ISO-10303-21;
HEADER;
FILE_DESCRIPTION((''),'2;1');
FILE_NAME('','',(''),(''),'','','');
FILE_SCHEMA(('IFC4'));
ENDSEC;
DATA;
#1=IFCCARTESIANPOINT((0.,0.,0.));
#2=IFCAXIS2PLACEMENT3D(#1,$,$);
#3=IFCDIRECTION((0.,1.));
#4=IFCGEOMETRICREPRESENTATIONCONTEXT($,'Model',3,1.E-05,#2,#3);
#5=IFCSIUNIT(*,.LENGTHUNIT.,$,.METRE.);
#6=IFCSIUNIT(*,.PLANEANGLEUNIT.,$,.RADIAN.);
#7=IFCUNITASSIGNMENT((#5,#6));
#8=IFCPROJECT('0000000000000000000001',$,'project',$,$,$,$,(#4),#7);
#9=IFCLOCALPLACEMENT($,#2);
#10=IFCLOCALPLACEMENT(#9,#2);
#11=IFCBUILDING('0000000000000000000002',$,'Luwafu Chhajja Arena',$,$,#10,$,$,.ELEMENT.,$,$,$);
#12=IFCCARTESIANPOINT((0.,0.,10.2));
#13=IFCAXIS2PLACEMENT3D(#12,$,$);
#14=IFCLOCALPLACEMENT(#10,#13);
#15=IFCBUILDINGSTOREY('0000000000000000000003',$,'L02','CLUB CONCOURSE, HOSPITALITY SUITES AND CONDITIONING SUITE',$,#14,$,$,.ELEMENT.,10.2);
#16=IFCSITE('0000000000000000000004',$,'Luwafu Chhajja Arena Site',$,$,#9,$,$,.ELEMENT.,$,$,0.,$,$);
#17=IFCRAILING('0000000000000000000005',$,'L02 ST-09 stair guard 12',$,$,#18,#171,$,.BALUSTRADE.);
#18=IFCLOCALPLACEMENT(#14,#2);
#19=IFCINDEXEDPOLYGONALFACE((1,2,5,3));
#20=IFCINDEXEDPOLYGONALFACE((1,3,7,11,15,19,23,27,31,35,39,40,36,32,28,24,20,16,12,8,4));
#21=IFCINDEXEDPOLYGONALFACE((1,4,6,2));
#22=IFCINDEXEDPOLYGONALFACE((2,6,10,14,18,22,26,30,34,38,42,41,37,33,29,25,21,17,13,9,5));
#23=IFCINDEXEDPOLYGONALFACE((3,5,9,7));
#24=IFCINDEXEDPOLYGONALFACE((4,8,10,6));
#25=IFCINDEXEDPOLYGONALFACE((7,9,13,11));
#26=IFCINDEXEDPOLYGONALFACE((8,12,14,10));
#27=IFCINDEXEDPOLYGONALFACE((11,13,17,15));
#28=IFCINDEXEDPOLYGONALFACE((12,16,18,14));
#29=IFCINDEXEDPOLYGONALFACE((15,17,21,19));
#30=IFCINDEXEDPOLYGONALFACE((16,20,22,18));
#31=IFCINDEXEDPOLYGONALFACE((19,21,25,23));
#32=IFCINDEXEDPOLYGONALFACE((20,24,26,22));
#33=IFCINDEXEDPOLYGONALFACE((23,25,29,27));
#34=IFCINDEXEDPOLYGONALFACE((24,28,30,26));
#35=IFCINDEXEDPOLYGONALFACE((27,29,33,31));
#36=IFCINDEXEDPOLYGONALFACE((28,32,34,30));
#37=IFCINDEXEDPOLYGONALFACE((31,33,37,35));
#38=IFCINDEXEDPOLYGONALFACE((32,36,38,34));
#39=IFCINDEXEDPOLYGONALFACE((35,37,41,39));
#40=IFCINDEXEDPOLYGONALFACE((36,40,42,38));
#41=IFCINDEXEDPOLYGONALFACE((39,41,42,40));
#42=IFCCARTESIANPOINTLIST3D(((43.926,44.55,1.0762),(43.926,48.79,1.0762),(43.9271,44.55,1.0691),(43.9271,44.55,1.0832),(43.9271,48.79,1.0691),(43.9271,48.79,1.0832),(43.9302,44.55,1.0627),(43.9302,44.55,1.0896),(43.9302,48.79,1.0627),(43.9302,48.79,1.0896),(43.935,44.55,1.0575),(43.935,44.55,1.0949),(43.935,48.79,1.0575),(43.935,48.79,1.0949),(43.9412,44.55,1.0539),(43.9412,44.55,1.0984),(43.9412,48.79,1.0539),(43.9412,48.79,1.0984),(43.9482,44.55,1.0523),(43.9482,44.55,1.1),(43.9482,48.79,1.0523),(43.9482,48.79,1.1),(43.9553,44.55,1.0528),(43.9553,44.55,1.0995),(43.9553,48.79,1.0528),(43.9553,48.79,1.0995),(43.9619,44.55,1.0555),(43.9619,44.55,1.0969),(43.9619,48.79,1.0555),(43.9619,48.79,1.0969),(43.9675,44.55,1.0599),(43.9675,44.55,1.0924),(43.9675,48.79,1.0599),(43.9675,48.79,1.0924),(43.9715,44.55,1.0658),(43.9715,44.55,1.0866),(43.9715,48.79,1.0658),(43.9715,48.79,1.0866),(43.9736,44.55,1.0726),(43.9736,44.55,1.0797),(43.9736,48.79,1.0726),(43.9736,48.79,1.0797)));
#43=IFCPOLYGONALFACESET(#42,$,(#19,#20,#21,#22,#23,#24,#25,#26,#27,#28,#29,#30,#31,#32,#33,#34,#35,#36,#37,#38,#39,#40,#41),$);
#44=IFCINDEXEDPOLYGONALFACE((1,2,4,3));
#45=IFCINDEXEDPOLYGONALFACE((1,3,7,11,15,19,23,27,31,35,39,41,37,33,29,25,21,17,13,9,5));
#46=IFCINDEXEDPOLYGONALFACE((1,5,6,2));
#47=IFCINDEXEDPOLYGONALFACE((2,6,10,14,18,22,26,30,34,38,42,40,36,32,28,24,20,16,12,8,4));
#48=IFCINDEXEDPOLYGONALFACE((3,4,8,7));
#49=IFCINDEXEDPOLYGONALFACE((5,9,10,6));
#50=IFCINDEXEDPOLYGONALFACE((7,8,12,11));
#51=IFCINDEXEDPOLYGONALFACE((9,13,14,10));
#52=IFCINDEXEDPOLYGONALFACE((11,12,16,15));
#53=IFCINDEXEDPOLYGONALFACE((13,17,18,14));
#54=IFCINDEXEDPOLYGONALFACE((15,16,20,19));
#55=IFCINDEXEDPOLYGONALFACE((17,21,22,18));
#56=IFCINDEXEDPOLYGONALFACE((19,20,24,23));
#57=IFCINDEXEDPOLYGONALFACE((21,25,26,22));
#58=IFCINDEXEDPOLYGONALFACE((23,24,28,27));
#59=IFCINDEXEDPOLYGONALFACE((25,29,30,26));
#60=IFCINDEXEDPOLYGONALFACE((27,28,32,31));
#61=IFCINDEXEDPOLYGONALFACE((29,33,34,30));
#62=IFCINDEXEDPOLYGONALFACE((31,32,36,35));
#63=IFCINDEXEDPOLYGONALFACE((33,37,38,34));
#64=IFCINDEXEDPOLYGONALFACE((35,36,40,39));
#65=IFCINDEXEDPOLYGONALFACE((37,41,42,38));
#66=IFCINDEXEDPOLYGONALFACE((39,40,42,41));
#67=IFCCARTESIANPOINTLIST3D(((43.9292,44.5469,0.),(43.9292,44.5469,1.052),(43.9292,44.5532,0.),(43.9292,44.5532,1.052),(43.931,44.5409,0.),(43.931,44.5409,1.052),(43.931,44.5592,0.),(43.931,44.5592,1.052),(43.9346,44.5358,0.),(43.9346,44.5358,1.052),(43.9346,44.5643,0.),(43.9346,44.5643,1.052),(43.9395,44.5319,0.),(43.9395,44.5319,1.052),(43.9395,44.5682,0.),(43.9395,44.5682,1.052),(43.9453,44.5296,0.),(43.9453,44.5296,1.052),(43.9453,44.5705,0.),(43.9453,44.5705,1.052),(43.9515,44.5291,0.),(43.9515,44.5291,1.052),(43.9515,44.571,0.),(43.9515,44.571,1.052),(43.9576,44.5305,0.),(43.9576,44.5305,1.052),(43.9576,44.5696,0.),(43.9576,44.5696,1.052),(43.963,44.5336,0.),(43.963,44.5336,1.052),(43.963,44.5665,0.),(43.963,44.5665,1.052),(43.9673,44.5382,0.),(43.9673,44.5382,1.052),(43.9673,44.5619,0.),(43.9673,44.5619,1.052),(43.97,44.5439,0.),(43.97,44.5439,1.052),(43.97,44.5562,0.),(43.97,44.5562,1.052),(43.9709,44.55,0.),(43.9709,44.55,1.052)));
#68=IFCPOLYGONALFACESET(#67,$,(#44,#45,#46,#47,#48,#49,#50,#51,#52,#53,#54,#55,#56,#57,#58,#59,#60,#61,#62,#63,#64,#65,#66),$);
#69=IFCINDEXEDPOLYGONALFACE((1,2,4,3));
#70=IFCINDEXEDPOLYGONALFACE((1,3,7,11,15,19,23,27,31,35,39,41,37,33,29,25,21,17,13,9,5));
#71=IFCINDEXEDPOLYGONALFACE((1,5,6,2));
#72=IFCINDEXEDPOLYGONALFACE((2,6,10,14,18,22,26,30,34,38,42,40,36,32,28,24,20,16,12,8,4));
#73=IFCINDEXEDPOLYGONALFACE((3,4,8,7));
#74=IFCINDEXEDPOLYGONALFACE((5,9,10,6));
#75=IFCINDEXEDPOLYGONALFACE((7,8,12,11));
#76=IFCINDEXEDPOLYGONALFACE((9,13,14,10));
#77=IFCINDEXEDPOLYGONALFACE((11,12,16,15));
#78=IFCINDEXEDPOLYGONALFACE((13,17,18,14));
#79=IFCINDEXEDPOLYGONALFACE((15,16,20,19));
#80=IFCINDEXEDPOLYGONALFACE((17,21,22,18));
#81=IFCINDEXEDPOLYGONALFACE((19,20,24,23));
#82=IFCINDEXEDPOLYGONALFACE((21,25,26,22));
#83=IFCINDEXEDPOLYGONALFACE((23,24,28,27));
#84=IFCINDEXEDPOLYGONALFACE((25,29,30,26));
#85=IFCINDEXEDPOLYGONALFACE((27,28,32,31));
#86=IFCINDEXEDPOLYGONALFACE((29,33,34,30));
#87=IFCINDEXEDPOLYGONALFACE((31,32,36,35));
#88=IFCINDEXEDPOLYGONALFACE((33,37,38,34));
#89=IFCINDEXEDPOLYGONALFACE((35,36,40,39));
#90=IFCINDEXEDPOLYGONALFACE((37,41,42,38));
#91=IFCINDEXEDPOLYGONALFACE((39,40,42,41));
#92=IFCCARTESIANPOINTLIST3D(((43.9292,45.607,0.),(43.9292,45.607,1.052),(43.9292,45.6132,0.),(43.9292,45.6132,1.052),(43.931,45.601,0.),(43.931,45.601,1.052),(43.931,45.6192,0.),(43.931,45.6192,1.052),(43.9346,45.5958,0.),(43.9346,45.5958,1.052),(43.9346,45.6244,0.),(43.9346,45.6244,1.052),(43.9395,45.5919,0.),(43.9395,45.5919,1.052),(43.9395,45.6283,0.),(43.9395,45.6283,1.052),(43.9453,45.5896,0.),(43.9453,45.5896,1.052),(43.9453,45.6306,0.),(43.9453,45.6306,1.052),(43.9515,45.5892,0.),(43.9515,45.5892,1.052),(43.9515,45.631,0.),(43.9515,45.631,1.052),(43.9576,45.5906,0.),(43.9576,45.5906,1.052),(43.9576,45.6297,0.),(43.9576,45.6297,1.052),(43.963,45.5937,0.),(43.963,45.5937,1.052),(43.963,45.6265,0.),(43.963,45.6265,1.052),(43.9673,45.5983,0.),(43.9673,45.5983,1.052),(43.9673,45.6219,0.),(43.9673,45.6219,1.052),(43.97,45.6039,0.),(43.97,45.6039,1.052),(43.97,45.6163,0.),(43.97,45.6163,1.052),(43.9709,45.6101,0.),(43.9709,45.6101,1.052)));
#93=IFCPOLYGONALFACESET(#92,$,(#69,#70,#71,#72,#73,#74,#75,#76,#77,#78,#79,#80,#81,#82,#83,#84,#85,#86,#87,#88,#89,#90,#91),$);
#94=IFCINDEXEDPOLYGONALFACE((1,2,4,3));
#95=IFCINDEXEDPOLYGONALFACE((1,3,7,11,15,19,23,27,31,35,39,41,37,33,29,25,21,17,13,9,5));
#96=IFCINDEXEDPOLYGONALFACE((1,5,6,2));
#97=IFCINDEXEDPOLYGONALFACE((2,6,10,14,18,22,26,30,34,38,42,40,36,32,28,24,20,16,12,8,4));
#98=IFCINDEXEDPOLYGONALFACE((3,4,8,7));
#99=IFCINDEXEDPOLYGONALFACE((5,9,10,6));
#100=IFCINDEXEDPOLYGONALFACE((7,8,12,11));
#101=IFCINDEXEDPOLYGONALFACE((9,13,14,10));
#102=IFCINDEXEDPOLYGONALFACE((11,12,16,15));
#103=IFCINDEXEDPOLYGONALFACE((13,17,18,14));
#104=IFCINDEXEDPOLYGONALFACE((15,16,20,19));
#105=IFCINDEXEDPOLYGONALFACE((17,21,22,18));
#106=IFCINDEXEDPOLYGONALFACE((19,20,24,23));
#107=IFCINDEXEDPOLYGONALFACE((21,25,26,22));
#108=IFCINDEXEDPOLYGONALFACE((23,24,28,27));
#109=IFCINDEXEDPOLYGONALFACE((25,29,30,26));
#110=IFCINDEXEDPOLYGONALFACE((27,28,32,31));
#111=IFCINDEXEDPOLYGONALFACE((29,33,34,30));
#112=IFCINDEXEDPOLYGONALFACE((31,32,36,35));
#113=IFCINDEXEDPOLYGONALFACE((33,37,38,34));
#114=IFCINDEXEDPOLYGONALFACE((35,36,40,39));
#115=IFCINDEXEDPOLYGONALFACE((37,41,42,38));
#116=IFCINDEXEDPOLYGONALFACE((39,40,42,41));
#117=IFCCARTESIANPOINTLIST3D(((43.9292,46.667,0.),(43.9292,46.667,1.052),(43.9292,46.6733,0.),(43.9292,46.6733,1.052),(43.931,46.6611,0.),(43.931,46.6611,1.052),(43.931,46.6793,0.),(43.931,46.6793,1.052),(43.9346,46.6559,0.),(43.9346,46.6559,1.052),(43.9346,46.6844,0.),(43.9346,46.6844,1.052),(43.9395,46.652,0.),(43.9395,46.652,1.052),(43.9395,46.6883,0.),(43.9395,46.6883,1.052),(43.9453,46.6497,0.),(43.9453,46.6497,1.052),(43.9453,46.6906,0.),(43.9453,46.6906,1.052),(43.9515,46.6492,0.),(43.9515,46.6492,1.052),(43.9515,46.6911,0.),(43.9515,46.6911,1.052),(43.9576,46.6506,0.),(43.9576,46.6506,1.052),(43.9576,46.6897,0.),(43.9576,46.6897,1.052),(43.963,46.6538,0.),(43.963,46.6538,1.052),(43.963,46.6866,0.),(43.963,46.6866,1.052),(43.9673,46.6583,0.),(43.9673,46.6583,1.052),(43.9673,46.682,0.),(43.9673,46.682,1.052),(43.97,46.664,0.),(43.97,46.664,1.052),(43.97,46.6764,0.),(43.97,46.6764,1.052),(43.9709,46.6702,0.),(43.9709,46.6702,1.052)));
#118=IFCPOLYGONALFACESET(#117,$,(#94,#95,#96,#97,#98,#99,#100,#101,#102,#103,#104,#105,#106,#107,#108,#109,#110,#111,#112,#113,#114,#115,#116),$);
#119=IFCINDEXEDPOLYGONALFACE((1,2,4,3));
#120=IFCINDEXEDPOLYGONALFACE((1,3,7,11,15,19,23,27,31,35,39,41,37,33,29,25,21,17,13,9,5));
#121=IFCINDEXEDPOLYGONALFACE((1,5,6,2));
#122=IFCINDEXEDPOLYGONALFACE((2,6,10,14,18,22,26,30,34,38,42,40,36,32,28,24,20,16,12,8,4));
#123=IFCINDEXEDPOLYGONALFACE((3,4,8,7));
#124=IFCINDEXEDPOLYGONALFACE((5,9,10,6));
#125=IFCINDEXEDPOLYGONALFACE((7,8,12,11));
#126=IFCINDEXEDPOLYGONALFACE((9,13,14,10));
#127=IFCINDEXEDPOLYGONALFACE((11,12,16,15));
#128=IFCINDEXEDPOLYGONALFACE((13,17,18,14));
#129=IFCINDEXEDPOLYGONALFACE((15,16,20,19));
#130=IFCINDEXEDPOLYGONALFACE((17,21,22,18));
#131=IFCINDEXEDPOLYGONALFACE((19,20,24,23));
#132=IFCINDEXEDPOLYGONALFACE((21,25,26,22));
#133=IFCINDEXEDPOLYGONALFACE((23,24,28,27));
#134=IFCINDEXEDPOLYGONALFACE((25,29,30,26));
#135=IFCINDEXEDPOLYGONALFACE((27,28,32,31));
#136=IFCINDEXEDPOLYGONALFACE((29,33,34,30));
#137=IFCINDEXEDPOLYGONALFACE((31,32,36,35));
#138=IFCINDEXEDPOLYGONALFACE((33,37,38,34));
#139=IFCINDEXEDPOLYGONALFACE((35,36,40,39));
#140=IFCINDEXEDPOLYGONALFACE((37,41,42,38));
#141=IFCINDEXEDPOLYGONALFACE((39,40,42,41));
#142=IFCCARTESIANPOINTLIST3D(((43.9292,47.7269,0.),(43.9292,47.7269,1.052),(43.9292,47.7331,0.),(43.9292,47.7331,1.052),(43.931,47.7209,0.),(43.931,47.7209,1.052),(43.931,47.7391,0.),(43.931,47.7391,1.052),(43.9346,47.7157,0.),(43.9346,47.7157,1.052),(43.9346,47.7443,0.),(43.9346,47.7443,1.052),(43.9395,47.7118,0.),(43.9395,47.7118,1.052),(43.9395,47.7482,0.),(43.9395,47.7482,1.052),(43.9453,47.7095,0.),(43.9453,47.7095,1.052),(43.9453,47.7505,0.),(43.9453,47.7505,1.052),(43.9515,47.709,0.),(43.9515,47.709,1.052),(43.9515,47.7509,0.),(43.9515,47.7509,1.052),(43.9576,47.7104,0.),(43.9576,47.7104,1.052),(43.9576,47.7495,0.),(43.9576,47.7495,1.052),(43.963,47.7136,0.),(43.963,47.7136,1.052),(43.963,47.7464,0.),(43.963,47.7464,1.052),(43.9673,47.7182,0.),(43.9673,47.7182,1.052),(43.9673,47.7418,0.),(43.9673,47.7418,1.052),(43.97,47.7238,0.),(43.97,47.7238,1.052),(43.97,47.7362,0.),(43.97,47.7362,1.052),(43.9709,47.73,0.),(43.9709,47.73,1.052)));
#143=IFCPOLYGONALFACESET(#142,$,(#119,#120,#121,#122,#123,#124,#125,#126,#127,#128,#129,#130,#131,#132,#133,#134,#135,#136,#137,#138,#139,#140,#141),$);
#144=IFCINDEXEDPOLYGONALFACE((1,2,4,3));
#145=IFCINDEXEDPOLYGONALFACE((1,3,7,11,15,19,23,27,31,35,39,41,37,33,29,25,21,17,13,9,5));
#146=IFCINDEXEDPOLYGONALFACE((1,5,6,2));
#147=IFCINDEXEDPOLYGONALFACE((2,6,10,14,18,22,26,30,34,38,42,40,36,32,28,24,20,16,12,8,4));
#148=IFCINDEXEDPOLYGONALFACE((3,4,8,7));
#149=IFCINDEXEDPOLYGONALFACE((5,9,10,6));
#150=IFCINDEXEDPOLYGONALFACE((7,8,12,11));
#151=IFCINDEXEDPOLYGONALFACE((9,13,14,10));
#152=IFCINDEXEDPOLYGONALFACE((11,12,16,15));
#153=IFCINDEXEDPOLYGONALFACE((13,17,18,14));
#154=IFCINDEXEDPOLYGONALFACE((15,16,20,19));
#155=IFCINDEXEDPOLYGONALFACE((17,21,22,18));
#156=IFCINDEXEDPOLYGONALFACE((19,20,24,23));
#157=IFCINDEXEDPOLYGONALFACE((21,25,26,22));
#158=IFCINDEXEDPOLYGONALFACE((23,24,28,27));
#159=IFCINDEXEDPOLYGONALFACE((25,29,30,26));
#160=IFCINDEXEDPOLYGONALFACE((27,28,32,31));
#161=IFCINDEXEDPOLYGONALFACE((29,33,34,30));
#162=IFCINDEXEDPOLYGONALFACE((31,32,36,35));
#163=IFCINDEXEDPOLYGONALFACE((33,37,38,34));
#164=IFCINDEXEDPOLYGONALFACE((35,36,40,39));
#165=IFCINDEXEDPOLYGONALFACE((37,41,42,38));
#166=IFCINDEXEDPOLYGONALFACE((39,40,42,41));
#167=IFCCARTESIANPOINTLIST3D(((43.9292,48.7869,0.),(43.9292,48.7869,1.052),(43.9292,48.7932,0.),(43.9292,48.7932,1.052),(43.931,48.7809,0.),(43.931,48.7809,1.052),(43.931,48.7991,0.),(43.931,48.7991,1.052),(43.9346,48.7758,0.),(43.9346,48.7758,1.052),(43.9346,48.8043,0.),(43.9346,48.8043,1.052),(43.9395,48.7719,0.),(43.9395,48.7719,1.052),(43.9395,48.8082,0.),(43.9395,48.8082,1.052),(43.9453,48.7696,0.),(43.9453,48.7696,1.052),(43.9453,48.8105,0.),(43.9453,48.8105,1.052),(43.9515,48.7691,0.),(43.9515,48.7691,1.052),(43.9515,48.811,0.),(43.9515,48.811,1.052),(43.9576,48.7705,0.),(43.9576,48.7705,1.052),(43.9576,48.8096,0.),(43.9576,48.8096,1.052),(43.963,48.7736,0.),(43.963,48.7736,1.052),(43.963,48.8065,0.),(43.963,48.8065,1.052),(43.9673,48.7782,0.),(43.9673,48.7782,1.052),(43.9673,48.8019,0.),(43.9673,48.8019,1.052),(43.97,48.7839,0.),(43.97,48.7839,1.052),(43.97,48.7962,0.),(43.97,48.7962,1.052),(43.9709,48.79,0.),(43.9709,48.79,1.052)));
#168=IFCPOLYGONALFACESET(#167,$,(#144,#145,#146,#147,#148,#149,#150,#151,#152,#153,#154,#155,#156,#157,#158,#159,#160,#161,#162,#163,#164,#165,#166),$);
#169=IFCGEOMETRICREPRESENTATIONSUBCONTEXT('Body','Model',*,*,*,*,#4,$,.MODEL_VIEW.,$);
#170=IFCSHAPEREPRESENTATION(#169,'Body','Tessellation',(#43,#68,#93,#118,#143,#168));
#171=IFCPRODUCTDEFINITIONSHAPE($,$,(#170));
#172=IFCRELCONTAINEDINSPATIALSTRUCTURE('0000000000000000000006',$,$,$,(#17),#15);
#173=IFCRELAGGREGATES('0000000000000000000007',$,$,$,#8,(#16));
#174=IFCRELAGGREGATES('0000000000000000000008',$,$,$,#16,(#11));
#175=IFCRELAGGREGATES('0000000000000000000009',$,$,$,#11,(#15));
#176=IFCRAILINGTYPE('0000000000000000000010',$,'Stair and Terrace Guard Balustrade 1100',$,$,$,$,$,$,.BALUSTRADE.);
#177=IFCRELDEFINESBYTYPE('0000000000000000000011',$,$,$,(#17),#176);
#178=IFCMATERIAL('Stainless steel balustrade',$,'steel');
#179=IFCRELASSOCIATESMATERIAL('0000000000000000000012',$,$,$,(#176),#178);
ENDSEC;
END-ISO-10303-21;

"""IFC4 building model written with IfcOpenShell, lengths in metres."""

from ifc_helpers import new_model, si_unit, direction, frame, origin, origin_2d, place, context, subcontext, project, spatial, circle, extrude, material, type_object, element, save


model = new_model("IFC4")

# Units and contexts
model_context = context("Model", 3, precision=1e-05, world=origin(), true_north=direction((0.0, 1.0)))
body_context = subcontext(model_context, "Body", "Model", "MODEL_VIEW")
ifc_project = project(units=[si_unit("LENGTHUNIT", "METRE"), si_unit("PLANEANGLEUNIT", "RADIAN")], contexts=[model_context])

# Site, building, storey
site_placement = place(None, origin())
site = spatial("IfcSite", under=ifc_project, at=site_placement, Name="Luwafu Chhajja Arena Site", CompositionType="ELEMENT", RefElevation=0.0)
building_placement = place(site_placement, origin())
building = spatial("IfcBuilding", under=site, at=building_placement, Name="Luwafu Chhajja Arena", CompositionType="ELEMENT")
storey_placement = place(building_placement, frame((0.0, 0.0, 10.2)))
storey = spatial("IfcBuildingStorey", under=building, at=storey_placement, Name="L02", Description="CLUB CONCOURSE, HOSPITALITY SUITES AND CONDITIONING SUITE", CompositionType="ELEMENT", Elevation=10.2)

# Railing
ifc_material_1 = material(Name="Stainless steel balustrade", Category="steel")
railing_type_1 = type_object("IfcRailingType", Name="Stair and Terrace Guard Balustrade 1100", PredefinedType="BALUSTRADE", material=ifc_material_1)
railing_1_placement = place(storey_placement, frame((43.95, 44.55, 0.0)))
element("IfcRailing", 1, at=railing_1_placement, inside=storey, type_object=railing_type_1, Name="L02 ST-09 stair guard 12", PredefinedType="BALUSTRADE", context=body_context, shape_type="SweptSolid", body=[
    extrude(circle(Radius=0.0239, at=origin_2d()), frame((0.0, 0.0, 1.0762), z_axis=(0.0, 1.0, 0.0), x_axis=(-1.0, 0.0, 0.0)), (0.0, 0.0, 1.0), 4.24),
    extrude(circle(Radius=0.021, at=origin_2d()), origin(), (0.0, 0.0, 1.0), 1.052),
    extrude(circle(Radius=0.021, at=origin_2d()), frame((0.0, 1.0601, 0.0)), (0.0, 0.0, 1.0), 1.052),
    extrude(circle(Radius=0.021, at=origin_2d()), frame((0.0, 2.1201, 0.0)), (0.0, 0.0, 1.0), 1.052),
    extrude(circle(Radius=0.021, at=origin_2d()), frame((0.0, 3.1799, 0.0)), (0.0, 0.0, 1.0), 1.052),
    extrude(circle(Radius=0.021, at=origin_2d()), frame((0.0, 4.24, 0.0)), (0.0, 0.0, 1.0), 1.052),
])

save(model, "model.ifc")
